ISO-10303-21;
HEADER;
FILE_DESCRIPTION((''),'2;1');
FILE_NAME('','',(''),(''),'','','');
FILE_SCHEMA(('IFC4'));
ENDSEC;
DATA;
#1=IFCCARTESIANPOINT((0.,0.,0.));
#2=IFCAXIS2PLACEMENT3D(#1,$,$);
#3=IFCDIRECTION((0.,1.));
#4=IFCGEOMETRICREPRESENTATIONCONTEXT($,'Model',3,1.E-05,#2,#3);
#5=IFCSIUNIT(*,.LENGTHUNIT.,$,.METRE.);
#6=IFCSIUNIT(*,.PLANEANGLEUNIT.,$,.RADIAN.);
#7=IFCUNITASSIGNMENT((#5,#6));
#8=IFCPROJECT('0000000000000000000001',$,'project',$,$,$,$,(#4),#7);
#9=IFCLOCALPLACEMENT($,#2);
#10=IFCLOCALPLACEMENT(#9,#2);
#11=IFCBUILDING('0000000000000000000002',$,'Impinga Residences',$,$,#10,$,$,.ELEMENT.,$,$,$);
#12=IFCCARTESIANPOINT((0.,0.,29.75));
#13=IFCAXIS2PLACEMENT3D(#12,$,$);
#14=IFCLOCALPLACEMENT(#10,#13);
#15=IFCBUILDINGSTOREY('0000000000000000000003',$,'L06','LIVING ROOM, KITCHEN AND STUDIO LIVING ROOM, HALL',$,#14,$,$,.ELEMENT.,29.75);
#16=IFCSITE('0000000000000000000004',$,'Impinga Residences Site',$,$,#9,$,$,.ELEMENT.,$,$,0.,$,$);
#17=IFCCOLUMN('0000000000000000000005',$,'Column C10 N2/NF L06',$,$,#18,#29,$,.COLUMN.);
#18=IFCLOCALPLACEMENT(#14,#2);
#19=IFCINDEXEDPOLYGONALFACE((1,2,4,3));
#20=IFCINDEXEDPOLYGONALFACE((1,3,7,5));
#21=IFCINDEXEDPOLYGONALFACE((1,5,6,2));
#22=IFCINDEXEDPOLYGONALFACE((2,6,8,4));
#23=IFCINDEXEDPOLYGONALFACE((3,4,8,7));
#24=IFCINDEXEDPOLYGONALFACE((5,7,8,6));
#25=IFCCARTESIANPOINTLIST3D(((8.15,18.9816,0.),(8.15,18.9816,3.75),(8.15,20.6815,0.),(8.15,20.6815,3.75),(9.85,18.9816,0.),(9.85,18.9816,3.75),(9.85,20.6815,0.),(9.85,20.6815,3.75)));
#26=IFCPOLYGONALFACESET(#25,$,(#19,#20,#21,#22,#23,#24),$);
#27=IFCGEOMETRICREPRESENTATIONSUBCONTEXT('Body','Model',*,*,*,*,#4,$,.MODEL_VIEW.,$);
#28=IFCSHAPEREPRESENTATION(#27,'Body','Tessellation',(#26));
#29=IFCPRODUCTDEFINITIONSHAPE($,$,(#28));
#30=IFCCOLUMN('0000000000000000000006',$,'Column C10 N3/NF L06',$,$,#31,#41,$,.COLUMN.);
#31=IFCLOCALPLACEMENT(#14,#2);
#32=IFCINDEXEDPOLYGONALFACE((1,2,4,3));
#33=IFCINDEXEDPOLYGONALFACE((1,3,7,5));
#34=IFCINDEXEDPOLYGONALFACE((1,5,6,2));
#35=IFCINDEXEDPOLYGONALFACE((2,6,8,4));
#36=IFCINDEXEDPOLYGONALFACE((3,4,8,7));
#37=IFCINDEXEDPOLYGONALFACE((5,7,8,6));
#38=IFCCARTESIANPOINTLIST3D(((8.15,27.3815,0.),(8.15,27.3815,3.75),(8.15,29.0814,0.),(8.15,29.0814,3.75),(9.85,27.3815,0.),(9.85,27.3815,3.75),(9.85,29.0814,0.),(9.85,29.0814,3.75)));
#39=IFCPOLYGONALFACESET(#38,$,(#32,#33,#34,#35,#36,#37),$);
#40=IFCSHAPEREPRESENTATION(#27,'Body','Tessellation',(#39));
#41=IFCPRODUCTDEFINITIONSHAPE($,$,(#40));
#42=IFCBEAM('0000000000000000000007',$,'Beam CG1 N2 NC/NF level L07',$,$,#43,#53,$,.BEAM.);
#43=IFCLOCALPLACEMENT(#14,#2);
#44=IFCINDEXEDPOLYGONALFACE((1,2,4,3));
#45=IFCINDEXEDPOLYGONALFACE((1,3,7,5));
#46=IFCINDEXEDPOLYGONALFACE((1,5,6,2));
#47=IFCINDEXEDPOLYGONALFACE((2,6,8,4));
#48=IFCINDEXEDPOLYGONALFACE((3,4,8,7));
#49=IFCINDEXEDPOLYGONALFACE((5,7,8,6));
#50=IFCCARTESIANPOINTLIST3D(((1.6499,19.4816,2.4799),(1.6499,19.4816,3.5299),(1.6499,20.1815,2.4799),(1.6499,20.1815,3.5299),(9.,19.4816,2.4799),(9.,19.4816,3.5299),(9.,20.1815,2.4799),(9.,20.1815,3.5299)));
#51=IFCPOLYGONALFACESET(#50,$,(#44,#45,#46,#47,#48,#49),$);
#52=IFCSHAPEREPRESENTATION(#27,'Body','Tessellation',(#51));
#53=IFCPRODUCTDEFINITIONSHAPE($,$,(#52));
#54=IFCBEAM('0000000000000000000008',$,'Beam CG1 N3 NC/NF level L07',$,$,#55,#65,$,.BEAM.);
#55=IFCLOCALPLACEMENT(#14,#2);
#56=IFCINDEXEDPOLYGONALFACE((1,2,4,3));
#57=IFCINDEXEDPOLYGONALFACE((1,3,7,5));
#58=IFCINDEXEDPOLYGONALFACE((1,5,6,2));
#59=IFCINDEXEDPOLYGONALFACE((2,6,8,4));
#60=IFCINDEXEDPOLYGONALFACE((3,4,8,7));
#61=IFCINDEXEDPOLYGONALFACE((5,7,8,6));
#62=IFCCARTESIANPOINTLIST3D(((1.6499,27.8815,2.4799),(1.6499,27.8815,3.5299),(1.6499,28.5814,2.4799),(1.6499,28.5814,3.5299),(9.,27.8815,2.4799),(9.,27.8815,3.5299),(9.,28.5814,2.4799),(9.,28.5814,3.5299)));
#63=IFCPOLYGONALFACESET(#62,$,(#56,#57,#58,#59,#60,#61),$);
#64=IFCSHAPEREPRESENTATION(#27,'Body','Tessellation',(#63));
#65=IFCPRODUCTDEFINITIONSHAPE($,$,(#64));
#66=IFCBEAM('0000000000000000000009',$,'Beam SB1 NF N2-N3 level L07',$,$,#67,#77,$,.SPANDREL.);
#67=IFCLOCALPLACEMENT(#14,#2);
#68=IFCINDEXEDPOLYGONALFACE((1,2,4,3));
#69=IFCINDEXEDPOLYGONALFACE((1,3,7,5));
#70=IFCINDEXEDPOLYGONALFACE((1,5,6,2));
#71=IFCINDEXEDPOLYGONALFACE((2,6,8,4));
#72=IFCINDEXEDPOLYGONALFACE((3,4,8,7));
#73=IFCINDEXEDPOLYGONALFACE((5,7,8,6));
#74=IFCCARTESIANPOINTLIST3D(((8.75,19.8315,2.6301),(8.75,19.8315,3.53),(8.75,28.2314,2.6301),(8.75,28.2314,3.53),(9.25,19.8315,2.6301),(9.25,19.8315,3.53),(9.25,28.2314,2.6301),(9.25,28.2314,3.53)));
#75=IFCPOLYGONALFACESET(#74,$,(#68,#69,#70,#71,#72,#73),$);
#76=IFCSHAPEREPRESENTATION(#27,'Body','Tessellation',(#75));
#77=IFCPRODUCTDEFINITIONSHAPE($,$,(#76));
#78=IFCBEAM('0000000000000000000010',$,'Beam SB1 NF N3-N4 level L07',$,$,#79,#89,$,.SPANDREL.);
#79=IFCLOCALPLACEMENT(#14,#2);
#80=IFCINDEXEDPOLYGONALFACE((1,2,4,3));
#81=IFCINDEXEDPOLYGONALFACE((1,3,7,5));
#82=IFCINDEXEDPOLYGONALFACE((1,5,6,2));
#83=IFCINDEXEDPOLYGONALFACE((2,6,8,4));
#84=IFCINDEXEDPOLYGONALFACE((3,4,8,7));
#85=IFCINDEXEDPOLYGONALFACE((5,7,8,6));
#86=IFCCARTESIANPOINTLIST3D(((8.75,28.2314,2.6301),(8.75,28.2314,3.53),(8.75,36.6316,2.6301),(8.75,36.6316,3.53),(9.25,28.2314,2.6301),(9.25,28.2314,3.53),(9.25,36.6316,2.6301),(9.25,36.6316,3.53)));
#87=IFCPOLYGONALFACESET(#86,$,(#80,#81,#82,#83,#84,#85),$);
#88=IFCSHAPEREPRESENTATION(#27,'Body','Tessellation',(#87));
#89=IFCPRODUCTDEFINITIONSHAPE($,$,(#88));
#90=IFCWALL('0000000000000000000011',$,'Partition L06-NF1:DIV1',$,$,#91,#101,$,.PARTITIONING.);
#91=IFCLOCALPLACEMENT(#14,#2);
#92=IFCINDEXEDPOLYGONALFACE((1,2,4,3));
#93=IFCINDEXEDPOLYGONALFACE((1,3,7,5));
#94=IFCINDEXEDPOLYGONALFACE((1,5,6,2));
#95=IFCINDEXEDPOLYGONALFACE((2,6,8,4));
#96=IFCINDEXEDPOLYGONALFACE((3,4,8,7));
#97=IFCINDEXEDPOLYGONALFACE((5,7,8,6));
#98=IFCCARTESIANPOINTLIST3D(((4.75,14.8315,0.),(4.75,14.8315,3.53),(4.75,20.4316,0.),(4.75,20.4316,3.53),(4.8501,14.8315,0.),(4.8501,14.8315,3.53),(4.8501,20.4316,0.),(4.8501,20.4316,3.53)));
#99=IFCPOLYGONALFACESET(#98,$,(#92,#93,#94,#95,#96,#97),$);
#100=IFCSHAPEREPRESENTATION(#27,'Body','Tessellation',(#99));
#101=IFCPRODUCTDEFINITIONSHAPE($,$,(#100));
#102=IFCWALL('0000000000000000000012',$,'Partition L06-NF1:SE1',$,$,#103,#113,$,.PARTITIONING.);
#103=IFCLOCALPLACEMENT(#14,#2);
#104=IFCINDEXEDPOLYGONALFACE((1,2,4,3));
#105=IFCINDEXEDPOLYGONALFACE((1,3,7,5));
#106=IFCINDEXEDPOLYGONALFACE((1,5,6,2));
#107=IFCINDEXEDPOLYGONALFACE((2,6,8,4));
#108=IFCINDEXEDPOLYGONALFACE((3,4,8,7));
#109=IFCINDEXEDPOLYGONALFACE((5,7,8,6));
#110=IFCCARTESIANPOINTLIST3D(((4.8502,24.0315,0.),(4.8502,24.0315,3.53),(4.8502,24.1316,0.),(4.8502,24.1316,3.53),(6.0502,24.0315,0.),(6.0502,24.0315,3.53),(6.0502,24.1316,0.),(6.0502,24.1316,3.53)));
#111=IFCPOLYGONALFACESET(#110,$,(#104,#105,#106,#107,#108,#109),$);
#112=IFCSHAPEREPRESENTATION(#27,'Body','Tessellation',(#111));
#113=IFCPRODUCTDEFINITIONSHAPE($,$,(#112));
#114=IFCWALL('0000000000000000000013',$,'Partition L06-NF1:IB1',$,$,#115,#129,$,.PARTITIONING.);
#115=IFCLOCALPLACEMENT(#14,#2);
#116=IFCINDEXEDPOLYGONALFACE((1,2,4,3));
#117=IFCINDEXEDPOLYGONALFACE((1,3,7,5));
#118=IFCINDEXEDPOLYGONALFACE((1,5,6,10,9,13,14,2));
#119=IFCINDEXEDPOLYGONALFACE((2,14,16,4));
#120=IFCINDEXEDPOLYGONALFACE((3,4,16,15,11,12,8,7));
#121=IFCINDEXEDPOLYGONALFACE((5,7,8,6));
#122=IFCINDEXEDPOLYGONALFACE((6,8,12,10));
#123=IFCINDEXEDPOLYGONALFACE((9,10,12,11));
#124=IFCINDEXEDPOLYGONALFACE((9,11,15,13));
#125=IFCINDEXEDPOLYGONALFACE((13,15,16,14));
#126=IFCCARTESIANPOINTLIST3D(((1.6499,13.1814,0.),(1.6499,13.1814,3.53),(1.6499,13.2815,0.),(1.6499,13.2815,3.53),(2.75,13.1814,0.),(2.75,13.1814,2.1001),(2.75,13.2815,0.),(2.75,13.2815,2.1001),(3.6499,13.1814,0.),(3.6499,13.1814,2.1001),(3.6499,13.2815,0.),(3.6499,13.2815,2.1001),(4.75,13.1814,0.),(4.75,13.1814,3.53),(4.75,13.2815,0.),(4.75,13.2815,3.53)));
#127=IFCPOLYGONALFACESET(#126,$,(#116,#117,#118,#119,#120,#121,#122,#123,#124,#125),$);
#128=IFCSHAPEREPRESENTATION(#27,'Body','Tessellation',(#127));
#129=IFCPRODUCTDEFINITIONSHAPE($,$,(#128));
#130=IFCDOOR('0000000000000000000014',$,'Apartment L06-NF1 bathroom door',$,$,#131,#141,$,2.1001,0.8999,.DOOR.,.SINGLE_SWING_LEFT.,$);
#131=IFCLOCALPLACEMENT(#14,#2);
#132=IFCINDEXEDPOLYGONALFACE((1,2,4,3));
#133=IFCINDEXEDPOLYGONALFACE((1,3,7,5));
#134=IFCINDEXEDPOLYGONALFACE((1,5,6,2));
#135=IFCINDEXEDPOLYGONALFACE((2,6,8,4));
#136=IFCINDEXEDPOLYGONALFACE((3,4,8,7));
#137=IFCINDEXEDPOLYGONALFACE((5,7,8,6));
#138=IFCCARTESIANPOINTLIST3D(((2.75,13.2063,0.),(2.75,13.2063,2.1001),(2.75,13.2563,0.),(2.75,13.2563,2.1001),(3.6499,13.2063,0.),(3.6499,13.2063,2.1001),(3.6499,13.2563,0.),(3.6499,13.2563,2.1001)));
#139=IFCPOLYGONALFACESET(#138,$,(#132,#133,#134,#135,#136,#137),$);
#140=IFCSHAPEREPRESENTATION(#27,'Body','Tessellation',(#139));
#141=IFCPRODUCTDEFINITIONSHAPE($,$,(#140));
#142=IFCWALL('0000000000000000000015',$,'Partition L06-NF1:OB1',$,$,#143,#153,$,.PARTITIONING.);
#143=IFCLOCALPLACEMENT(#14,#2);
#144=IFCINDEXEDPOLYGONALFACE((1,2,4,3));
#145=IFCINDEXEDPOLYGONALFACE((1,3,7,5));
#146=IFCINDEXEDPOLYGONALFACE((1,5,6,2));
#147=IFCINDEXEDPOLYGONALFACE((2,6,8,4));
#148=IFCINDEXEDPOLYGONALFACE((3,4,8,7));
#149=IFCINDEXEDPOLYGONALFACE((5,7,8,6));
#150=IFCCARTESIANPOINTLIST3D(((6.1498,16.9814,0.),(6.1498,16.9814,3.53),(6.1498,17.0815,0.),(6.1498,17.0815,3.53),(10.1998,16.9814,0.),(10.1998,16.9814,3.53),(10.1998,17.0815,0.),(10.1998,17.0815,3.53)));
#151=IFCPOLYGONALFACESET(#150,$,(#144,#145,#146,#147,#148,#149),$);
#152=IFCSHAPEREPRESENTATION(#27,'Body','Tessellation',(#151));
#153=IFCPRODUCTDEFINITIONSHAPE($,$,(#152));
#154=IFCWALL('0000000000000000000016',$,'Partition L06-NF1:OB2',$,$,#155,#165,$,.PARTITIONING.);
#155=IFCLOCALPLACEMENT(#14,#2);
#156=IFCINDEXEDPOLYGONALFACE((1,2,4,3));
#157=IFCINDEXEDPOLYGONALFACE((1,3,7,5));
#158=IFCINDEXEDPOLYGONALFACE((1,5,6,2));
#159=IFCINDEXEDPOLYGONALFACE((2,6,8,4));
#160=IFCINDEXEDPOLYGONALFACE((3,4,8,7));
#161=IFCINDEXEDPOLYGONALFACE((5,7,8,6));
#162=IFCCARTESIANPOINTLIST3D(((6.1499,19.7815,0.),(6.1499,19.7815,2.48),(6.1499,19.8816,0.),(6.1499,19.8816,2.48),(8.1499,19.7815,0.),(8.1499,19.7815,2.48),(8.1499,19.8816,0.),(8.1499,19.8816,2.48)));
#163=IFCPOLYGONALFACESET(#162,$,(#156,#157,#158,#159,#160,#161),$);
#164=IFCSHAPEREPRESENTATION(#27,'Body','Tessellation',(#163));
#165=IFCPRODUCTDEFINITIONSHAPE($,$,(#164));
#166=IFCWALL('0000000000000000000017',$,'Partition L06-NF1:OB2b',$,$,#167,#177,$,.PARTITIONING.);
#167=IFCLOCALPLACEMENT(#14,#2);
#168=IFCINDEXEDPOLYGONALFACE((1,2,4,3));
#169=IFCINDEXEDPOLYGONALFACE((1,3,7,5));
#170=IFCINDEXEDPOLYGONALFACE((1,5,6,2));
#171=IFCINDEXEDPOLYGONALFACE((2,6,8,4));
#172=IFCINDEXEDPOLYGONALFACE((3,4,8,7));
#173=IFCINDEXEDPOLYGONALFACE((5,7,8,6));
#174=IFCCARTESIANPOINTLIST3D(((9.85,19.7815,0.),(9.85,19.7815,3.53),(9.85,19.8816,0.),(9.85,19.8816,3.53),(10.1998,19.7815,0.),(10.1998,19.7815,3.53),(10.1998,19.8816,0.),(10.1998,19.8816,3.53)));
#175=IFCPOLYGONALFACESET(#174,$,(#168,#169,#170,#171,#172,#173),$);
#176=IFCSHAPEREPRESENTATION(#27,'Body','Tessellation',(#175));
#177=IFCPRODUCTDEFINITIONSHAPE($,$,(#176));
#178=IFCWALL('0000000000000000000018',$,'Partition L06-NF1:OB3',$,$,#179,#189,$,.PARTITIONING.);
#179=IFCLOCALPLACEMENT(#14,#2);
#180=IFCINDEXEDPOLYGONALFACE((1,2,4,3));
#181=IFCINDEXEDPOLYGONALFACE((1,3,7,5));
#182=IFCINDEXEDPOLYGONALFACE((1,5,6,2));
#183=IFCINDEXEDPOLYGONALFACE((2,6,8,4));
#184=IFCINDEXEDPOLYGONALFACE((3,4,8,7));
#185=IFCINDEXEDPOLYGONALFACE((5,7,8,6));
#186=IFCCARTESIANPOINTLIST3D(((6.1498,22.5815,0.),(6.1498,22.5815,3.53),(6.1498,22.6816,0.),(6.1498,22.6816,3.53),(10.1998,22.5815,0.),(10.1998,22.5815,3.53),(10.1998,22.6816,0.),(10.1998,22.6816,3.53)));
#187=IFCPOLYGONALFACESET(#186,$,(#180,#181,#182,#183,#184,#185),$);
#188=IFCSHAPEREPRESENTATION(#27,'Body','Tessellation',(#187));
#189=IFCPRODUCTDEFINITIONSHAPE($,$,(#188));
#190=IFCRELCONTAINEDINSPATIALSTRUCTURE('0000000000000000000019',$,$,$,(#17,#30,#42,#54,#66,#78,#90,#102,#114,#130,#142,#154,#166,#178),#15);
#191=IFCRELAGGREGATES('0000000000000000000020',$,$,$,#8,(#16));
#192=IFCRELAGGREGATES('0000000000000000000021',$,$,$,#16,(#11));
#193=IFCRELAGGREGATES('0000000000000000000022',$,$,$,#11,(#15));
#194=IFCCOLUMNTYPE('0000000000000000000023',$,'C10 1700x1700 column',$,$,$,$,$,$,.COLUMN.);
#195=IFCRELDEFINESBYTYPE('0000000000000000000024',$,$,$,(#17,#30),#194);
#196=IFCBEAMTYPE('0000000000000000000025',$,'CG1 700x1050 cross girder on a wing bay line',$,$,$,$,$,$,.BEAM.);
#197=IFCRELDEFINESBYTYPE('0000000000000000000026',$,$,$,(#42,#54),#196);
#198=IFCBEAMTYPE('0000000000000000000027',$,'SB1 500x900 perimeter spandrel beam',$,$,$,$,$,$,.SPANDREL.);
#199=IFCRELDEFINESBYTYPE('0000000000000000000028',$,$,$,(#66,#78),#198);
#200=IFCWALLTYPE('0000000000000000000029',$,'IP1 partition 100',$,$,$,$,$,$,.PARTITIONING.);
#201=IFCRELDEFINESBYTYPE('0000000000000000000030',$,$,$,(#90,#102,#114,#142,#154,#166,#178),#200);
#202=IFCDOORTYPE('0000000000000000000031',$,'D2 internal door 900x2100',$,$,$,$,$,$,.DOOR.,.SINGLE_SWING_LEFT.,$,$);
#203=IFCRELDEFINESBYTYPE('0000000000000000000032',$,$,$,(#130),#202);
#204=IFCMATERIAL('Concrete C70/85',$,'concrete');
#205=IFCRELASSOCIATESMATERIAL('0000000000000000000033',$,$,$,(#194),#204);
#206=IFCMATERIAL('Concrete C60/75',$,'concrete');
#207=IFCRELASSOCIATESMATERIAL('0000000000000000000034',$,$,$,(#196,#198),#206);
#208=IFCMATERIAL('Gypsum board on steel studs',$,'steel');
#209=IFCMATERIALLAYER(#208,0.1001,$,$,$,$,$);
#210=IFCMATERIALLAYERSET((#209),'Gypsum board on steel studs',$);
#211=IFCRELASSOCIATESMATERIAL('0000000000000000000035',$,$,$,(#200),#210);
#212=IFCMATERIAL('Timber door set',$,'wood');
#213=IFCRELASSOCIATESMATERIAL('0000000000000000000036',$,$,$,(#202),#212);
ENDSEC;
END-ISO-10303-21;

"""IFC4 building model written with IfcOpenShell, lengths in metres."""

from ifc_helpers import new_model, si_unit, direction, frame, frame_2d, origin, origin_2d, place, context, subcontext, project, spatial, rectangle, extrude, material, layer, layer_set, material_profile, profile_set, type_object, element, fill, save


model = new_model("IFC4")

# Units and contexts
model_context = context("Model", 3, precision=1e-05, world=origin(), true_north=direction((0.0, 1.0)))
body_context = subcontext(model_context, "Body", "Model", "MODEL_VIEW")
ifc_project = project(units=[si_unit("LENGTHUNIT", "METRE"), si_unit("PLANEANGLEUNIT", "RADIAN")], contexts=[model_context])

# Site, building, storey
site_placement = place(None, origin())
site = spatial("IfcSite", under=ifc_project, at=site_placement, Name="Impinga Residences Site", CompositionType="ELEMENT", RefElevation=0.0)
building_placement = place(site_placement, origin())
building = spatial("IfcBuilding", under=site, at=building_placement, Name="Impinga Residences", CompositionType="ELEMENT")
storey_placement = place(building_placement, frame((0.0, 0.0, 29.75)))
storey = spatial("IfcBuildingStorey", under=building, at=storey_placement, Name="L06", Description="LIVING ROOM, KITCHEN AND STUDIO LIVING ROOM, HALL", CompositionType="ELEMENT", Elevation=29.75)

# Columns
ifc_material_1 = material(Name="Concrete C70/85", Category="concrete")
ifc_material_profile_1 = material_profile(ifc_material_1, rectangle(XDim=1.7, YDim=1.7, at=origin_2d()), Name="RC 1700x1700")
ifc_profile_set_1 = profile_set([ifc_material_profile_1], Name="Concrete C70/85")
column_type = type_object("IfcColumnType", Name="C10 1700x1700 column", PredefinedType="COLUMN", material=ifc_profile_set_1)
for number, where, z_axis, x_axis, name in (
    (1, (9.0, 19.8315, 0.0), (0.0, 0.0, 1.0), (1.0, 0.0, 0.0), "Column C10 N2/NF L06"),
    (2, (9.0, 28.2314, 0.0), (0.0, 0.0, 1.0), (1.0, 0.0, 0.0), "Column C10 N3/NF L06"),
):
    element("IfcColumn", number, at=place(storey_placement, frame(where, z_axis=z_axis, x_axis=x_axis)), inside=storey, type_object=column_type, Name=name, PredefinedType="COLUMN", context=body_context, shape_type="SweptSolid", body=[
        extrude(rectangle(XDim=1.7, YDim=1.7, at=origin_2d()), origin(), (0.0, 0.0, 1.0), 3.75),
    ])

# Beams
ifc_material_2 = material(Name="Concrete C60/75", Category="concrete")
ifc_material_profile_2 = material_profile(ifc_material_2, rectangle(XDim=0.7, YDim=1.05, at=origin_2d()), Name="RC 700x1050")
ifc_profile_set_2 = profile_set([ifc_material_profile_2], Name="Concrete C60/75")
beam_type_1 = type_object("IfcBeamType", Name="CG1 700x1050 cross girder on a wing bay line", PredefinedType="BEAM", material=ifc_profile_set_2)
for number, where, z_axis, x_axis, name in (
    (3, (1.6499, 19.8315, 3.0049), (1.0, 0.0, 0.0), (0.0, 1.0, 0.0), "Beam CG1 N2 NC/NF level L07"),
    (4, (1.6499, 28.2314, 3.0049), (1.0, 0.0, 0.0), (0.0, 1.0, 0.0), "Beam CG1 N3 NC/NF level L07"),
):
    element("IfcBeam", number, at=place(storey_placement, frame(where, z_axis=z_axis, x_axis=x_axis)), inside=storey, type_object=beam_type_1, Name=name, PredefinedType="BEAM", context=body_context, shape_type="SweptSolid", body=[
        extrude(rectangle(XDim=0.7, YDim=1.05, at=origin_2d()), origin(), (0.0, 0.0, 1.0), 7.3501),
    ])
ifc_material_profile_3 = material_profile(ifc_material_2, rectangle(XDim=0.5, YDim=0.8999, at=origin_2d()), Name="RC 500x900")
ifc_profile_set_3 = profile_set([ifc_material_profile_3], Name="Concrete C60/75")
beam_type_2 = type_object("IfcBeamType", Name="SB1 500x900 perimeter spandrel beam", PredefinedType="SPANDREL", material=ifc_profile_set_3)
beam_1_placement = place(storey_placement, frame((9.0, 19.8315, 3.0801), z_axis=(0.0, 1.0, 0.0), x_axis=(-1.0, 0.0, 0.0)))
element("IfcBeam", 5, at=beam_1_placement, inside=storey, type_object=beam_type_2, Name="Beam SB1 NF N2-N3 level L07", PredefinedType="SPANDREL", context=body_context, shape_type="SweptSolid", body=[
    extrude(rectangle(XDim=0.5, YDim=0.8999, at=origin_2d()), origin(), (0.0, 0.0, 1.0), 8.3999),
])
beam_2_placement = place(storey_placement, frame((9.0, 28.2314, 3.0801), z_axis=(0.0, 1.0, 0.0), x_axis=(-1.0, 0.0, 0.0)))
element("IfcBeam", 6, at=beam_2_placement, inside=storey, type_object=beam_type_2, Name="Beam SB1 NF N3-N4 level L07", PredefinedType="SPANDREL", context=body_context, shape_type="SweptSolid", body=[
    extrude(rectangle(XDim=0.5, YDim=0.8999, at=origin_2d()), origin(), (0.0, 0.0, 1.0), 8.4001),
])

# Walls
ifc_material_3 = material(Name="Gypsum board on steel studs", Category="steel")
ifc_layer_1 = layer(ifc_material_3, 0.1001)
ifc_layer_set_1 = layer_set([ifc_layer_1], Name="Gypsum board on steel studs")
wall_type_1 = type_object("IfcWallType", Name="IP1 partition 100", PredefinedType="PARTITIONING", material=ifc_layer_set_1)
wall_1_placement = place(storey_placement, frame((4.8, 14.8315, 0.0), z_axis=(0.0, 0.0, 1.0), x_axis=(0.0, 1.0, 0.0)))
element("IfcWall", 7, at=wall_1_placement, inside=storey, type_object=wall_type_1, Name="Partition L06-NF1:DIV1", PredefinedType="PARTITIONING", context=body_context, shape_type="SweptSolid", body=[
    extrude(rectangle(XDim=5.6001, YDim=0.1001, at=frame_2d((2.8, 0.0))), origin(), (0.0, 0.0, 1.0), 3.53),
])
wall_2_placement = place(storey_placement, frame((4.8501, 24.0815, 0.0), z_axis=(0.0, 0.0, 1.0), x_axis=(1.0, 0.0, 0.0)))
element("IfcWall", 8, at=wall_2_placement, inside=storey, type_object=wall_type_1, Name="Partition L06-NF1:SE1", PredefinedType="PARTITIONING", context=body_context, shape_type="SweptSolid", body=[
    extrude(rectangle(XDim=1.2, YDim=0.1001, at=frame_2d((0.6001, 0.0))), origin(), (0.0, 0.0, 1.0), 3.53),
])

# Wall, opening, door
wall_3_placement = place(storey_placement, frame((1.6499, 13.2314, 0.0), z_axis=(0.0, 0.0, 1.0), x_axis=(1.0, 0.0, 0.0)))
wall_3 = element("IfcWall", 9, at=wall_3_placement, inside=storey, type_object=wall_type_1, Name="Partition L06-NF1:IB1", PredefinedType="PARTITIONING", context=body_context, shape_type="SweptSolid", body=[
    extrude(rectangle(XDim=3.1001, YDim=0.1001, at=frame_2d((1.55, 0.0))), origin(), (0.0, 0.0, 1.0), 3.53),
])
opening_1_placement = place(wall_3_placement, frame((1.1001, 0.0, 0.0)))
opening_1 = element("IfcOpeningElement", 10, at=opening_1_placement, cuts=wall_3, PredefinedType="OPENING", context=body_context, shape_type="SweptSolid", body=[
    extrude(rectangle(XDim=0.8999, YDim=2.1001, at=frame_2d((0.45, 1.05))), frame((0.0, 0.0601, 0.0), z_axis=(0.0, -1.0, 0.0), x_axis=(1.0, 0.0, 0.0)), (0.0, 0.0, 1.0), 0.1201),
])
ifc_material_4 = material(Name="Timber door set", Category="wood")
door_type = type_object("IfcDoorType", Name="D2 internal door 900x2100", OperationType="SINGLE_SWING_LEFT", PredefinedType="DOOR", material=ifc_material_4)
door_1_placement = place(opening_1_placement, origin())
door_1 = element("IfcDoor", 11, at=door_1_placement, inside=storey, type_object=door_type, Name="Apartment L06-NF1 bathroom door", OperationType="SINGLE_SWING_LEFT", OverallHeight=2.1001, OverallWidth=0.8999, PredefinedType="DOOR", context=body_context, shape_type="SweptSolid", body=[
    extrude(rectangle(XDim=0.8999, YDim=2.1001, at=frame_2d((0.45, 1.05))), frame((0.0, 0.0249, 0.0), z_axis=(0.0, -1.0, 0.0), x_axis=(1.0, 0.0, 0.0)), (0.0, 0.0, 1.0), 0.05),
])
fill(opening_1, door_1)

# Walls
wall_4_placement = place(storey_placement, frame((6.1499, 17.0315, 0.0), z_axis=(0.0, 0.0, 1.0), x_axis=(1.0, 0.0, 0.0)))
element("IfcWall", 12, at=wall_4_placement, inside=storey, type_object=wall_type_1, Name="Partition L06-NF1:OB1", PredefinedType="PARTITIONING", context=body_context, shape_type="SweptSolid", body=[
    extrude(rectangle(XDim=4.05, YDim=0.1001, at=frame_2d((2.0249, 0.0))), origin(), (0.0, 0.0, 1.0), 3.53),
])
wall_5_placement = place(storey_placement, frame((6.1499, 19.8315, 0.0), z_axis=(0.0, 0.0, 1.0), x_axis=(1.0, 0.0, 0.0)))
element("IfcWall", 13, at=wall_5_placement, inside=storey, type_object=wall_type_1, Name="Partition L06-NF1:OB2", PredefinedType="PARTITIONING", context=body_context, shape_type="SweptSolid", body=[
    extrude(rectangle(XDim=2.0, YDim=0.1001, at=frame_2d((1.0, 0.0))), origin(), (0.0, 0.0, 1.0), 2.48),
])
wall_6_placement = place(storey_placement, frame((9.8501, 19.8315, 0.0), z_axis=(0.0, 0.0, 1.0), x_axis=(1.0, 0.0, 0.0)))
element("IfcWall", 14, at=wall_6_placement, inside=storey, type_object=wall_type_1, Name="Partition L06-NF1:OB2b", PredefinedType="PARTITIONING", context=body_context, shape_type="SweptSolid", body=[
    extrude(rectangle(XDim=0.3499, YDim=0.1001, at=frame_2d((0.1748, 0.0))), origin(), (0.0, 0.0, 1.0), 3.53),
])
wall_7_placement = place(storey_placement, frame((6.1499, 22.6316, 0.0), z_axis=(0.0, 0.0, 1.0), x_axis=(1.0, 0.0, 0.0)))
element("IfcWall", 15, at=wall_7_placement, inside=storey, type_object=wall_type_1, Name="Partition L06-NF1:OB3", PredefinedType="PARTITIONING", context=body_context, shape_type="SweptSolid", body=[
    extrude(rectangle(XDim=4.05, YDim=0.1001, at=frame_2d((2.0249, 0.0))), origin(), (0.0, 0.0, 1.0), 3.53),
])

save(model, "model.ifc")
